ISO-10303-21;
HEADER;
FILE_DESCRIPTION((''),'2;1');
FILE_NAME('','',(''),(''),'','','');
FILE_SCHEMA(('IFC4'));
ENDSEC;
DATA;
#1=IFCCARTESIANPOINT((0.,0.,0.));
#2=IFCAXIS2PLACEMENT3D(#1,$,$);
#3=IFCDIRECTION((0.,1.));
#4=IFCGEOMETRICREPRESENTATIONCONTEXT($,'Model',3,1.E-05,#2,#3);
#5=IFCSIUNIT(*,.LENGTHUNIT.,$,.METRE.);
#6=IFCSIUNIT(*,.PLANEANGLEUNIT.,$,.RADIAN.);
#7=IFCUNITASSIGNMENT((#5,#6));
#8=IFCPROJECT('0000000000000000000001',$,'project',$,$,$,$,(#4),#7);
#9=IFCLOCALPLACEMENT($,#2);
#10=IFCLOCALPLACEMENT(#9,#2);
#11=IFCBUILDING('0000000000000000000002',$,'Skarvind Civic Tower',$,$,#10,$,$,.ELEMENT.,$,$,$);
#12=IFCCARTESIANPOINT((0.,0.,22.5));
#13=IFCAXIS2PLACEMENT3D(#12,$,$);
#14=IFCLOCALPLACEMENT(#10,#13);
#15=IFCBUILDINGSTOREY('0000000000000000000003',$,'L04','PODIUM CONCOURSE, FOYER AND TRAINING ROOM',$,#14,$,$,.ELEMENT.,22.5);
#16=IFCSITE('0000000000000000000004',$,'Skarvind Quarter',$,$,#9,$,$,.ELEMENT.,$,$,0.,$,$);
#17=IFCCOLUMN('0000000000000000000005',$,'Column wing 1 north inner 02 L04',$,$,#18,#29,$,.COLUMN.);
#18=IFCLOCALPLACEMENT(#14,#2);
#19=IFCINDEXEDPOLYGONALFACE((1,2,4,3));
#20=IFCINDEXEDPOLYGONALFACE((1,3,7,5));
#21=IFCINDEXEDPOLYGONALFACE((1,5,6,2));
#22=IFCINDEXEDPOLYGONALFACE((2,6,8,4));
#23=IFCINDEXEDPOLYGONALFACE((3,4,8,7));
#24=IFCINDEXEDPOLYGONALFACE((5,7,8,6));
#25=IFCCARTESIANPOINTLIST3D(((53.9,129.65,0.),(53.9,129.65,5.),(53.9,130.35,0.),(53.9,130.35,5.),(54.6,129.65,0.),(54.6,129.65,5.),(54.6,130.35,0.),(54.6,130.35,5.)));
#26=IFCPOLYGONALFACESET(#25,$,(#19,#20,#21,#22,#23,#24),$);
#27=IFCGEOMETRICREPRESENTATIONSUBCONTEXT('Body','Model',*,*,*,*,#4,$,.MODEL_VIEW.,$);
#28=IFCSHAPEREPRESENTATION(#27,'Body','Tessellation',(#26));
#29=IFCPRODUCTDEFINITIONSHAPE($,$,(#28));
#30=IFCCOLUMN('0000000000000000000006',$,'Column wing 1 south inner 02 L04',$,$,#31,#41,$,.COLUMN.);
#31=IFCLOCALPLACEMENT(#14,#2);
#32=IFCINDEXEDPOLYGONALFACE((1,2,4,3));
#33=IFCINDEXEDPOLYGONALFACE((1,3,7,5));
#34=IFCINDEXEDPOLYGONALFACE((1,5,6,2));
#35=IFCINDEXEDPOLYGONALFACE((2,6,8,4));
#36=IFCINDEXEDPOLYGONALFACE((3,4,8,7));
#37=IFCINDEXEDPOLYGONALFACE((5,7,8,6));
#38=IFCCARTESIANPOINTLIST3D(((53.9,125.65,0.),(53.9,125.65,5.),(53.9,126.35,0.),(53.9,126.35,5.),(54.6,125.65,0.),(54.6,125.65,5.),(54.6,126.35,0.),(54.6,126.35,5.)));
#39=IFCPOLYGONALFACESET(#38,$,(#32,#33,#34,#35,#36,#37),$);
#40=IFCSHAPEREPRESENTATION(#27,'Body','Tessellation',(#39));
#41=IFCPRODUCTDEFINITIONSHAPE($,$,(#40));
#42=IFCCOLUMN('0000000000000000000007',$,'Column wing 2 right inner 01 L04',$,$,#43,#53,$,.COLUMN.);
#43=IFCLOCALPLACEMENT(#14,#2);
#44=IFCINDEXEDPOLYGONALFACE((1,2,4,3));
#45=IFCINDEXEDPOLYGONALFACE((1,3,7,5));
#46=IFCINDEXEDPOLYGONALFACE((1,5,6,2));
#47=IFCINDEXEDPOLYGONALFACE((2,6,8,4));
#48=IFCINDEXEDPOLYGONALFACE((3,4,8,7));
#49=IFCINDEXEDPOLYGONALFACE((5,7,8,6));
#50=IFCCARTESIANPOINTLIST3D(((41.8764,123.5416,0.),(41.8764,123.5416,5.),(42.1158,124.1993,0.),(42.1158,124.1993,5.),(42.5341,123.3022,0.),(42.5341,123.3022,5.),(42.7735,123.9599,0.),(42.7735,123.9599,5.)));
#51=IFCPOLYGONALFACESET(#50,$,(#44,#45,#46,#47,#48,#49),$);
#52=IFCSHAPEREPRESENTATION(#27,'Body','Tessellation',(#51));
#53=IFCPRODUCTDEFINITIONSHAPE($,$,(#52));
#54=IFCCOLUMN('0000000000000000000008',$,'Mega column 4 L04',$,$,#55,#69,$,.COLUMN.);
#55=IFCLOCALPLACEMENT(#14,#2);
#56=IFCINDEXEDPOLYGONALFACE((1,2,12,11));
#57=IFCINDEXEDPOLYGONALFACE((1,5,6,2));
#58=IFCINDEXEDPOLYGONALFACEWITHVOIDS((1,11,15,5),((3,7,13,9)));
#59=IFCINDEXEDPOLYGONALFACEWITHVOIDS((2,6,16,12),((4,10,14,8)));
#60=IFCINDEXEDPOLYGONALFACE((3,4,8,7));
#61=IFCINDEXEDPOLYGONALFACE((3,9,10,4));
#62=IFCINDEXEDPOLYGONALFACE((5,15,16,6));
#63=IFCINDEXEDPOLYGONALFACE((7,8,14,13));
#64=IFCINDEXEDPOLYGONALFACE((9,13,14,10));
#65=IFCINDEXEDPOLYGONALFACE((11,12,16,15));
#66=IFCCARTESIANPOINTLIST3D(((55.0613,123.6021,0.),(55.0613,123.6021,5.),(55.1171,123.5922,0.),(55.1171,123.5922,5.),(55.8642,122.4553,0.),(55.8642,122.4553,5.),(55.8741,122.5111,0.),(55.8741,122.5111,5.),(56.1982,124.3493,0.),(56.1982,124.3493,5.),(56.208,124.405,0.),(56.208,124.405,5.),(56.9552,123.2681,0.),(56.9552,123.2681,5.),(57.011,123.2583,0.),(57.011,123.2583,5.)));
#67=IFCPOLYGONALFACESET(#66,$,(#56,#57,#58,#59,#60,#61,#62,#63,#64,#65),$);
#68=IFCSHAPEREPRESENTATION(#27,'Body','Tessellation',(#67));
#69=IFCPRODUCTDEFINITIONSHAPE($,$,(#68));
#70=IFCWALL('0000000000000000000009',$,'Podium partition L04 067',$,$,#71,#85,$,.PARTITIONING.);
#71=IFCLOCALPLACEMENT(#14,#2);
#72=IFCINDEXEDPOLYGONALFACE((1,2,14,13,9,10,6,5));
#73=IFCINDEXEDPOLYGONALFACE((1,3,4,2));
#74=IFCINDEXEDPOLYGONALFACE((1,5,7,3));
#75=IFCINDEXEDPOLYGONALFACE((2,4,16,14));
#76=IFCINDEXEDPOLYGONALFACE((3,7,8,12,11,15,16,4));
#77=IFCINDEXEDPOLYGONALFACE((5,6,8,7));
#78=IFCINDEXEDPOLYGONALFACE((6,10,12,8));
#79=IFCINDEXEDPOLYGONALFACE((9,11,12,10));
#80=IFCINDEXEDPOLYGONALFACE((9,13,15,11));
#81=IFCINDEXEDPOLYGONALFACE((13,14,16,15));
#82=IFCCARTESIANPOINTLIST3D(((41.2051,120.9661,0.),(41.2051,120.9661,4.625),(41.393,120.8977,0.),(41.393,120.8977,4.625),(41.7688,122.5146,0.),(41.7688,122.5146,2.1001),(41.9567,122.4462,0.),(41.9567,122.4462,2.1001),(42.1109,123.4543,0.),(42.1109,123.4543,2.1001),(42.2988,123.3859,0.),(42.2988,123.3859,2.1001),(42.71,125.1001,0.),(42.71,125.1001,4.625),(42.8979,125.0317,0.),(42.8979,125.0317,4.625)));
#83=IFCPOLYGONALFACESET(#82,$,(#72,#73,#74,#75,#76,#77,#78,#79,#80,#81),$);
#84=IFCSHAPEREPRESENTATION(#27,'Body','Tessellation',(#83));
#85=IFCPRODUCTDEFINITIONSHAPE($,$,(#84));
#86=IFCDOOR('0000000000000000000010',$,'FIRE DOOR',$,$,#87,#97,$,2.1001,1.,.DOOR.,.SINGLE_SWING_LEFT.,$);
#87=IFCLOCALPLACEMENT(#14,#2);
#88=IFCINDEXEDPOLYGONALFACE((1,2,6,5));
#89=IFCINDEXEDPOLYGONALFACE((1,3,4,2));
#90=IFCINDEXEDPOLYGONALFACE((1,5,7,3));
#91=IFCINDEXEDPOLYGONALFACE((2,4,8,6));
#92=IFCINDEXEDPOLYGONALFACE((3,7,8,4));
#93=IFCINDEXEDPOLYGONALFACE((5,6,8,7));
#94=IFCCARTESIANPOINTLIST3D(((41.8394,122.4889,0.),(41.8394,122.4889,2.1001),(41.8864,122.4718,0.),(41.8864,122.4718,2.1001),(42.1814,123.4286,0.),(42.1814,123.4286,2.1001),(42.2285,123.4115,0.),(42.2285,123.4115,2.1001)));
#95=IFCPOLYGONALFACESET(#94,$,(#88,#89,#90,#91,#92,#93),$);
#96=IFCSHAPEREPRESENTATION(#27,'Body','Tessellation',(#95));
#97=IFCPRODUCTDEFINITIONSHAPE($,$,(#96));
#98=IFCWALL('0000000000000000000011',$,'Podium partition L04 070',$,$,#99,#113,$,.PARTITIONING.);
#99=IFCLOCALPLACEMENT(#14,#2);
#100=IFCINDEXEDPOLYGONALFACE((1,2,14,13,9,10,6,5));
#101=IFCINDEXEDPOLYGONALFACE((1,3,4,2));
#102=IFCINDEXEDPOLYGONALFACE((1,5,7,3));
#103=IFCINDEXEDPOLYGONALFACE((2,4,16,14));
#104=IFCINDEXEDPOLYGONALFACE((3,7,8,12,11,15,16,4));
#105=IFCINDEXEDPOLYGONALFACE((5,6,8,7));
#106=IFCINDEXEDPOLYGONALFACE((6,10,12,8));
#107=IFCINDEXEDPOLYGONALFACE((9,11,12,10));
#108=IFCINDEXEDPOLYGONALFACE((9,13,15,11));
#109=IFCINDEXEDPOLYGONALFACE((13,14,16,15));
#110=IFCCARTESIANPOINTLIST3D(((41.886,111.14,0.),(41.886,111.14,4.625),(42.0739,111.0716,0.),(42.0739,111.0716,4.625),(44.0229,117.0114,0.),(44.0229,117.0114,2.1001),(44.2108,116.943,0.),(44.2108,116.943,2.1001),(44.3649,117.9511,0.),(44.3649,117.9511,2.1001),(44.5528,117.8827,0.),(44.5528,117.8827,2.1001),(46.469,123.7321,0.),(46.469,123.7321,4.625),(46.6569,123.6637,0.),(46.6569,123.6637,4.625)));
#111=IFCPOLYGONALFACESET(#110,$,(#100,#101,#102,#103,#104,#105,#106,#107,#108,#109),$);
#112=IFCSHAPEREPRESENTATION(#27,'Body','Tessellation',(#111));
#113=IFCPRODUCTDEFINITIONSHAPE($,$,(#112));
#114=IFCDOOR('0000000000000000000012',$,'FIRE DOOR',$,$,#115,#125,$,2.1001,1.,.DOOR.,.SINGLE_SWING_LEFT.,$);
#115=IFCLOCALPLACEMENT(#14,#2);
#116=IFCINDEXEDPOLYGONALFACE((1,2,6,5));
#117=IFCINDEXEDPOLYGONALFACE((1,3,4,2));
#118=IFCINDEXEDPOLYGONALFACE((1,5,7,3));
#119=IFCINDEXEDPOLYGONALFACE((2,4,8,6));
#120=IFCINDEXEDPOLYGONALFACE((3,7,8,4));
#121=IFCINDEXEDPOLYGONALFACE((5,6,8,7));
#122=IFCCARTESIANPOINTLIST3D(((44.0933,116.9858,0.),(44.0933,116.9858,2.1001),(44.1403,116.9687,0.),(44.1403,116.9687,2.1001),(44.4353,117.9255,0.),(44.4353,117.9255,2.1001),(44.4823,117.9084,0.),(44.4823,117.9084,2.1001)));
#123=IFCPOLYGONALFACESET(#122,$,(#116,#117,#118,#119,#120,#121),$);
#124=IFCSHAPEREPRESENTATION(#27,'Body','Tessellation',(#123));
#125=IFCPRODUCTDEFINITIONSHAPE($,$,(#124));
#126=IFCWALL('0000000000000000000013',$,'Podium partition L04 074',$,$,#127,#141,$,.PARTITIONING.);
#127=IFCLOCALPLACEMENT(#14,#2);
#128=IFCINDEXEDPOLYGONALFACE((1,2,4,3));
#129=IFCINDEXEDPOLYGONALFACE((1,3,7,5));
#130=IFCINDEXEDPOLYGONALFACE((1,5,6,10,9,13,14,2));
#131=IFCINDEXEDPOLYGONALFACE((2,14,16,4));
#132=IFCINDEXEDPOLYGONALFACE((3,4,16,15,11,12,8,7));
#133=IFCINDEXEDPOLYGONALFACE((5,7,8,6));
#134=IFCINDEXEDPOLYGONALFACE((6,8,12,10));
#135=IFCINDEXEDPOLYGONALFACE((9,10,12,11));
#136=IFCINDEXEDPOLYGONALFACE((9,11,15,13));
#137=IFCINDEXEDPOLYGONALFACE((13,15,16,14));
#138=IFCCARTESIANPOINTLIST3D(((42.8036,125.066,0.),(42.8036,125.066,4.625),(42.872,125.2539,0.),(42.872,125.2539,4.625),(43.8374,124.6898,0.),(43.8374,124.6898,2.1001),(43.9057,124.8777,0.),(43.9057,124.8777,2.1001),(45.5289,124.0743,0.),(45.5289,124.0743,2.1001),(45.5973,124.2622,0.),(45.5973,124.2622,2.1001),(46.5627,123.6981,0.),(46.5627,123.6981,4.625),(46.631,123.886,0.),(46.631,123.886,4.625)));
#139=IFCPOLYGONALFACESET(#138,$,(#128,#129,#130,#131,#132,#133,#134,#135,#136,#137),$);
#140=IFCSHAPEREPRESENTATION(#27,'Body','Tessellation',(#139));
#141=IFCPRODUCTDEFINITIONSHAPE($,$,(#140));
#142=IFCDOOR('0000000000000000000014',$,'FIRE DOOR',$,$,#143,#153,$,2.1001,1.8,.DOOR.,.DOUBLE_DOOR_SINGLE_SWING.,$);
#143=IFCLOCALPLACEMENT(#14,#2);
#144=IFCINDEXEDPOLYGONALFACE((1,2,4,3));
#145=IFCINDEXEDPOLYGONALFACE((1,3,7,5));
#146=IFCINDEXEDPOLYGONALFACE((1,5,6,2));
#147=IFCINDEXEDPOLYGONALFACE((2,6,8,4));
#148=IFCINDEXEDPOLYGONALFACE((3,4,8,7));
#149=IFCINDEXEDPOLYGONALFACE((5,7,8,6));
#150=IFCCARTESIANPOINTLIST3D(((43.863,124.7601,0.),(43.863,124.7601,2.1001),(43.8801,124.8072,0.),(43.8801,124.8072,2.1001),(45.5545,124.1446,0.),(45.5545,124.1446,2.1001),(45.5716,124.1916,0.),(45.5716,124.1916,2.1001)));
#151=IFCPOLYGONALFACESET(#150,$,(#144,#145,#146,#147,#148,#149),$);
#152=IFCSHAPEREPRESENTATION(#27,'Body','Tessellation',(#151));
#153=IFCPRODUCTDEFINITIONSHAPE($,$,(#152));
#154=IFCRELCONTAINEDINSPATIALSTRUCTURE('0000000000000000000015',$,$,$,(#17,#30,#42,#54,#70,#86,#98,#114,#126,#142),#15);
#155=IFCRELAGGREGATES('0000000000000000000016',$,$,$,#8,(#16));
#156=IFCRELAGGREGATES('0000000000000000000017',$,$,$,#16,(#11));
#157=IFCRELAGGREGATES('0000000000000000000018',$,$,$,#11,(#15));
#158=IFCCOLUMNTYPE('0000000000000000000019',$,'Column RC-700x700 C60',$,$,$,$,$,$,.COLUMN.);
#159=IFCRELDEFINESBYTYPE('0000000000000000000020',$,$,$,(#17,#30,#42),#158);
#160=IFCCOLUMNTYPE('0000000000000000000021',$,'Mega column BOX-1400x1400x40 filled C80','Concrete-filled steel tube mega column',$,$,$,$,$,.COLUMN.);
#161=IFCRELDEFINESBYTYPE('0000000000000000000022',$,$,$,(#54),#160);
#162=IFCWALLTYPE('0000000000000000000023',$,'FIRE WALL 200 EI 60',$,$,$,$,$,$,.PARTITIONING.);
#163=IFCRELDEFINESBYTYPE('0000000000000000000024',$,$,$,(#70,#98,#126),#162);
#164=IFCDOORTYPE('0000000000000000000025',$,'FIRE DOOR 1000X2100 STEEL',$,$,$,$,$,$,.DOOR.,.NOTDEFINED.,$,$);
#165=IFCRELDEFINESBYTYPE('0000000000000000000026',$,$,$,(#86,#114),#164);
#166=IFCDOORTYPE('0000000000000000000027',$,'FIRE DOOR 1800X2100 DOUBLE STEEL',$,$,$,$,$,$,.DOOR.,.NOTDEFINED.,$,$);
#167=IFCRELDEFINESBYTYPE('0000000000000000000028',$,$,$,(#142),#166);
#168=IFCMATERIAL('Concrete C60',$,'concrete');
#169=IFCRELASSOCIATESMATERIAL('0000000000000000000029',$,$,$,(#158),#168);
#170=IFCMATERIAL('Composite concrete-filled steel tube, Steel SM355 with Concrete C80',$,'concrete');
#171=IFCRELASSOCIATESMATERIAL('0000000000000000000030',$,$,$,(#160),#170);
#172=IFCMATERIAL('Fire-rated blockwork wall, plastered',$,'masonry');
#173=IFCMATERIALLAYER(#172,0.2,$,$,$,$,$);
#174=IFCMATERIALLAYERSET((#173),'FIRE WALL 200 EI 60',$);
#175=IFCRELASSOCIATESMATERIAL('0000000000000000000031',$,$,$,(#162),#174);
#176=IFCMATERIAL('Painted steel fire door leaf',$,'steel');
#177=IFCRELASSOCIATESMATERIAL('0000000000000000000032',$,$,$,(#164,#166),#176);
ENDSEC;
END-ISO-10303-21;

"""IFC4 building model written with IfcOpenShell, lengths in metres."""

from ifc_helpers import new_model, si_unit, direction, frame, frame_2d, origin, origin_2d, place, context, subcontext, project, spatial, rectangle, hollow_rectangle, extrude, material, layer, layer_set, material_profile, profile_set, type_object, element, fill, save


model = new_model("IFC4")

# Units and contexts
model_context = context("Model", 3, precision=1e-05, world=origin(), true_north=direction((0.0, 1.0)))
body_context = subcontext(model_context, "Body", "Model", "MODEL_VIEW")
ifc_project = project(units=[si_unit("LENGTHUNIT", "METRE"), si_unit("PLANEANGLEUNIT", "RADIAN")], contexts=[model_context])

# Site, building, storey
site_placement = place(None, origin())
site = spatial("IfcSite", under=ifc_project, at=site_placement, Name="Skarvind Quarter", CompositionType="ELEMENT", RefElevation=0.0)
building_placement = place(site_placement, origin())
building = spatial("IfcBuilding", under=site, at=building_placement, Name="Skarvind Civic Tower", CompositionType="ELEMENT")
storey_placement = place(building_placement, frame((0.0, 0.0, 22.5)))
storey = spatial("IfcBuildingStorey", under=building, at=storey_placement, Name="L04", Description="PODIUM CONCOURSE, FOYER AND TRAINING ROOM", CompositionType="ELEMENT", Elevation=22.5)

# Columns
ifc_material_1 = material(Name="Concrete C60", Category="concrete")
ifc_material_profile_1 = material_profile(ifc_material_1, rectangle(XDim=0.7, YDim=0.7, at=origin_2d()), Name="RC-700x700")
ifc_profile_set_1 = profile_set([ifc_material_profile_1], Name="Concrete C60")
column_type_1 = type_object("IfcColumnType", Name="Column RC-700x700 C60", PredefinedType="COLUMN", material=ifc_profile_set_1)
for number, where, z_axis, x_axis, name in (
    (1, (54.25, 130.0, 0.0), (0.0, 0.0, 1.0), (1.0, 0.0, 0.0), "Column wing 1 north inner 02 L04"),
    (2, (54.25, 126.0, 0.0), (0.0, 0.0, 1.0), (1.0, 0.0, 0.0), "Column wing 1 south inner 02 L04"),
    (3, (42.325, 123.7507, 0.0), (0.0, 0.0, 1.0), (-0.34202, -0.939693, 0.0), "Column wing 2 right inner 01 L04"),
):
    element("IfcColumn", number, at=place(storey_placement, frame(where, z_axis=z_axis, x_axis=x_axis)), inside=storey, type_object=column_type_1, Name=name, PredefinedType="COLUMN", context=body_context, shape_type="SweptSolid", body=[
        extrude(rectangle(XDim=0.7, YDim=0.7, at=origin_2d()), origin(), (0.0, 0.0, 1.0), 5.0),
    ])
ifc_material_2 = material(Name="Composite concrete-filled steel tube, Steel SM355 with Concrete C80", Category="concrete")
ifc_material_profile_2 = material_profile(ifc_material_2, hollow_rectangle(XDim=1.3999, YDim=1.3999, WallThickness=0.04, at=origin_2d()), Name="BOX-1400x1400x40")
ifc_profile_set_2 = profile_set([ifc_material_profile_2], Name="Composite concrete-filled steel tube, Steel SM355 with Concrete C80")
column_type_2 = type_object("IfcColumnType", Name="Mega column BOX-1400x1400x40 filled C80", Description="Concrete-filled steel tube mega column", PredefinedType="COLUMN", material=ifc_profile_set_2)
column_placement = place(storey_placement, frame((56.0361, 123.4302, 0.0), z_axis=(0.0, 0.0, 1.0), x_axis=(0.573576, -0.819152, 0.0)))
element("IfcColumn", 4, at=column_placement, inside=storey, type_object=column_type_2, Name="Mega column 4 L04", PredefinedType="COLUMN", context=body_context, shape_type="SweptSolid", body=[
    extrude(hollow_rectangle(XDim=1.3999, YDim=1.3999, WallThickness=0.04, at=origin_2d()), origin(), (0.0, 0.0, 1.0), 5.0),
])

# Walls, openings, doors
ifc_material_3 = material(Name="Fire-rated blockwork wall, plastered", Category="masonry")
ifc_layer_1 = layer(ifc_material_3, 0.2)
ifc_layer_set_1 = layer_set([ifc_layer_1], Name="FIRE WALL 200 EI 60")
wall_type_1 = type_object("IfcWallType", Name="FIRE WALL 200 EI 60", PredefinedType="PARTITIONING", material=ifc_layer_set_1)
wall_1_placement = place(storey_placement, frame((41.2991, 120.9319, 0.0), z_axis=(0.0, 0.0, 1.0), x_axis=(0.342064, 0.939677, 0.0)))
wall_1 = element("IfcWall", 5, at=wall_1_placement, inside=storey, type_object=wall_type_1, Name="Podium partition L04 067", PredefinedType="PARTITIONING", context=body_context, shape_type="SweptSolid", body=[
    extrude(rectangle(XDim=4.3994, YDim=0.2, at=frame_2d((2.1997, 0.0))), origin(), (0.0, 0.0, 1.0), 4.625),
])
opening_1_placement = place(wall_1_placement, frame((1.6479, 0.0, 0.0)))
opening_1 = element("IfcOpeningElement", 6, at=opening_1_placement, cuts=wall_1, PredefinedType="OPENING", context=body_context, shape_type="SweptSolid", body=[
    extrude(rectangle(XDim=1.0, YDim=2.1001, at=frame_2d((0.5, 1.05))), frame((0.0, 0.1099, 0.0), z_axis=(0.0, -1.0, 0.0), x_axis=(1.0, 0.0, 0.0)), (0.0, 0.0, 1.0), 0.22),
])
ifc_material_4 = material(Name="Painted steel fire door leaf", Category="steel")
door_type_1 = type_object("IfcDoorType", Name="FIRE DOOR 1000X2100 STEEL", OperationType="NOTDEFINED", PredefinedType="DOOR", material=ifc_material_4)
door_1_placement = place(opening_1_placement, origin())
door_1 = element("IfcDoor", 7, at=door_1_placement, inside=storey, type_object=door_type_1, Name="FIRE DOOR", OperationType="SINGLE_SWING_LEFT", OverallHeight=2.1001, OverallWidth=1.0, PredefinedType="DOOR", context=body_context, shape_type="SweptSolid", body=[
    extrude(rectangle(XDim=1.0, YDim=2.1001, at=frame_2d((0.5, 1.05))), frame((0.0, 0.0249, 0.0), z_axis=(0.0, -1.0, 0.0), x_axis=(1.0, 0.0, 0.0)), (0.0, 0.0, 1.0), 0.05),
])
fill(opening_1, door_1)
wall_2_placement = place(storey_placement, frame((46.563, 123.698, 0.0), z_axis=(0.0, 0.0, 1.0), x_axis=(-0.342012, -0.939696, 0.0)))
wall_2 = element("IfcWall", 8, at=wall_2_placement, inside=storey, type_object=wall_type_1, Name="Podium partition L04 070", PredefinedType="PARTITIONING", context=body_context, shape_type="SweptSolid", body=[
    extrude(rectangle(XDim=13.4001, YDim=0.2, at=frame_2d((6.7002, 0.0))), origin(), (0.0, 0.0, 1.0), 4.625),
])
opening_2_placement = place(wall_2_placement, frame((6.1521, 0.0, 0.0)))
opening_2 = element("IfcOpeningElement", 9, at=opening_2_placement, cuts=wall_2, PredefinedType="OPENING", context=body_context, shape_type="SweptSolid", body=[
    extrude(rectangle(XDim=1.0, YDim=2.1001, at=frame_2d((0.5, 1.05))), frame((0.0, 0.1099, 0.0), z_axis=(0.0, -1.0, 0.0), x_axis=(1.0, 0.0, 0.0)), (0.0, 0.0, 1.0), 0.22),
])
door_2_placement = place(opening_2_placement, origin())
door_2 = element("IfcDoor", 10, at=door_2_placement, inside=storey, type_object=door_type_1, Name="FIRE DOOR", OperationType="SINGLE_SWING_LEFT", OverallHeight=2.1001, OverallWidth=1.0, PredefinedType="DOOR", context=body_context, shape_type="SweptSolid", body=[
    extrude(rectangle(XDim=1.0, YDim=2.1001, at=frame_2d((0.5, 1.05))), frame((0.0, 0.0249, 0.0), z_axis=(0.0, -1.0, 0.0), x_axis=(1.0, 0.0, 0.0)), (0.0, 0.0, 1.0), 0.05),
])
fill(opening_2, door_2)
wall_3_placement = place(storey_placement, frame((42.8379, 125.1599, 0.0), z_axis=(0.0, 0.0, 1.0), x_axis=(0.939713, -0.341964, 0.0)))
wall_3 = element("IfcWall", 11, at=wall_3_placement, inside=storey, type_object=wall_type_1, Name="Podium partition L04 074", PredefinedType="PARTITIONING", context=body_context, shape_type="SweptSolid", body=[
    extrude(rectangle(XDim=4.0002, YDim=0.2, at=frame_2d((2.0, 0.0))), origin(), (0.0, 0.0, 1.0), 4.625),
])
opening_3_placement = place(wall_3_placement, frame((1.1001, 0.0, 0.0)))
opening_3 = element("IfcOpeningElement", 12, at=opening_3_placement, cuts=wall_3, PredefinedType="OPENING", context=body_context, shape_type="SweptSolid", body=[
    extrude(rectangle(XDim=1.8, YDim=2.1001, at=frame_2d((0.8999, 1.05))), frame((0.0, 0.1099, 0.0), z_axis=(0.0, -1.0, 0.0), x_axis=(1.0, 0.0, 0.0)), (0.0, 0.0, 1.0), 0.22),
])
door_type_2 = type_object("IfcDoorType", Name="FIRE DOOR 1800X2100 DOUBLE STEEL", OperationType="NOTDEFINED", PredefinedType="DOOR", material=ifc_material_4)
door_3_placement = place(opening_3_placement, origin())
door_3 = element("IfcDoor", 13, at=door_3_placement, inside=storey, type_object=door_type_2, Name="FIRE DOOR", OperationType="DOUBLE_DOOR_SINGLE_SWING", OverallHeight=2.1001, OverallWidth=1.8, PredefinedType="DOOR", context=body_context, shape_type="SweptSolid", body=[
    extrude(rectangle(XDim=1.8, YDim=2.1001, at=frame_2d((0.8999, 1.05))), frame((0.0, 0.0249, 0.0), z_axis=(0.0, -1.0, 0.0), x_axis=(1.0, 0.0, 0.0)), (0.0, 0.0, 1.0), 0.05),
])
fill(opening_3, door_3)

save(model, "model.ifc")
